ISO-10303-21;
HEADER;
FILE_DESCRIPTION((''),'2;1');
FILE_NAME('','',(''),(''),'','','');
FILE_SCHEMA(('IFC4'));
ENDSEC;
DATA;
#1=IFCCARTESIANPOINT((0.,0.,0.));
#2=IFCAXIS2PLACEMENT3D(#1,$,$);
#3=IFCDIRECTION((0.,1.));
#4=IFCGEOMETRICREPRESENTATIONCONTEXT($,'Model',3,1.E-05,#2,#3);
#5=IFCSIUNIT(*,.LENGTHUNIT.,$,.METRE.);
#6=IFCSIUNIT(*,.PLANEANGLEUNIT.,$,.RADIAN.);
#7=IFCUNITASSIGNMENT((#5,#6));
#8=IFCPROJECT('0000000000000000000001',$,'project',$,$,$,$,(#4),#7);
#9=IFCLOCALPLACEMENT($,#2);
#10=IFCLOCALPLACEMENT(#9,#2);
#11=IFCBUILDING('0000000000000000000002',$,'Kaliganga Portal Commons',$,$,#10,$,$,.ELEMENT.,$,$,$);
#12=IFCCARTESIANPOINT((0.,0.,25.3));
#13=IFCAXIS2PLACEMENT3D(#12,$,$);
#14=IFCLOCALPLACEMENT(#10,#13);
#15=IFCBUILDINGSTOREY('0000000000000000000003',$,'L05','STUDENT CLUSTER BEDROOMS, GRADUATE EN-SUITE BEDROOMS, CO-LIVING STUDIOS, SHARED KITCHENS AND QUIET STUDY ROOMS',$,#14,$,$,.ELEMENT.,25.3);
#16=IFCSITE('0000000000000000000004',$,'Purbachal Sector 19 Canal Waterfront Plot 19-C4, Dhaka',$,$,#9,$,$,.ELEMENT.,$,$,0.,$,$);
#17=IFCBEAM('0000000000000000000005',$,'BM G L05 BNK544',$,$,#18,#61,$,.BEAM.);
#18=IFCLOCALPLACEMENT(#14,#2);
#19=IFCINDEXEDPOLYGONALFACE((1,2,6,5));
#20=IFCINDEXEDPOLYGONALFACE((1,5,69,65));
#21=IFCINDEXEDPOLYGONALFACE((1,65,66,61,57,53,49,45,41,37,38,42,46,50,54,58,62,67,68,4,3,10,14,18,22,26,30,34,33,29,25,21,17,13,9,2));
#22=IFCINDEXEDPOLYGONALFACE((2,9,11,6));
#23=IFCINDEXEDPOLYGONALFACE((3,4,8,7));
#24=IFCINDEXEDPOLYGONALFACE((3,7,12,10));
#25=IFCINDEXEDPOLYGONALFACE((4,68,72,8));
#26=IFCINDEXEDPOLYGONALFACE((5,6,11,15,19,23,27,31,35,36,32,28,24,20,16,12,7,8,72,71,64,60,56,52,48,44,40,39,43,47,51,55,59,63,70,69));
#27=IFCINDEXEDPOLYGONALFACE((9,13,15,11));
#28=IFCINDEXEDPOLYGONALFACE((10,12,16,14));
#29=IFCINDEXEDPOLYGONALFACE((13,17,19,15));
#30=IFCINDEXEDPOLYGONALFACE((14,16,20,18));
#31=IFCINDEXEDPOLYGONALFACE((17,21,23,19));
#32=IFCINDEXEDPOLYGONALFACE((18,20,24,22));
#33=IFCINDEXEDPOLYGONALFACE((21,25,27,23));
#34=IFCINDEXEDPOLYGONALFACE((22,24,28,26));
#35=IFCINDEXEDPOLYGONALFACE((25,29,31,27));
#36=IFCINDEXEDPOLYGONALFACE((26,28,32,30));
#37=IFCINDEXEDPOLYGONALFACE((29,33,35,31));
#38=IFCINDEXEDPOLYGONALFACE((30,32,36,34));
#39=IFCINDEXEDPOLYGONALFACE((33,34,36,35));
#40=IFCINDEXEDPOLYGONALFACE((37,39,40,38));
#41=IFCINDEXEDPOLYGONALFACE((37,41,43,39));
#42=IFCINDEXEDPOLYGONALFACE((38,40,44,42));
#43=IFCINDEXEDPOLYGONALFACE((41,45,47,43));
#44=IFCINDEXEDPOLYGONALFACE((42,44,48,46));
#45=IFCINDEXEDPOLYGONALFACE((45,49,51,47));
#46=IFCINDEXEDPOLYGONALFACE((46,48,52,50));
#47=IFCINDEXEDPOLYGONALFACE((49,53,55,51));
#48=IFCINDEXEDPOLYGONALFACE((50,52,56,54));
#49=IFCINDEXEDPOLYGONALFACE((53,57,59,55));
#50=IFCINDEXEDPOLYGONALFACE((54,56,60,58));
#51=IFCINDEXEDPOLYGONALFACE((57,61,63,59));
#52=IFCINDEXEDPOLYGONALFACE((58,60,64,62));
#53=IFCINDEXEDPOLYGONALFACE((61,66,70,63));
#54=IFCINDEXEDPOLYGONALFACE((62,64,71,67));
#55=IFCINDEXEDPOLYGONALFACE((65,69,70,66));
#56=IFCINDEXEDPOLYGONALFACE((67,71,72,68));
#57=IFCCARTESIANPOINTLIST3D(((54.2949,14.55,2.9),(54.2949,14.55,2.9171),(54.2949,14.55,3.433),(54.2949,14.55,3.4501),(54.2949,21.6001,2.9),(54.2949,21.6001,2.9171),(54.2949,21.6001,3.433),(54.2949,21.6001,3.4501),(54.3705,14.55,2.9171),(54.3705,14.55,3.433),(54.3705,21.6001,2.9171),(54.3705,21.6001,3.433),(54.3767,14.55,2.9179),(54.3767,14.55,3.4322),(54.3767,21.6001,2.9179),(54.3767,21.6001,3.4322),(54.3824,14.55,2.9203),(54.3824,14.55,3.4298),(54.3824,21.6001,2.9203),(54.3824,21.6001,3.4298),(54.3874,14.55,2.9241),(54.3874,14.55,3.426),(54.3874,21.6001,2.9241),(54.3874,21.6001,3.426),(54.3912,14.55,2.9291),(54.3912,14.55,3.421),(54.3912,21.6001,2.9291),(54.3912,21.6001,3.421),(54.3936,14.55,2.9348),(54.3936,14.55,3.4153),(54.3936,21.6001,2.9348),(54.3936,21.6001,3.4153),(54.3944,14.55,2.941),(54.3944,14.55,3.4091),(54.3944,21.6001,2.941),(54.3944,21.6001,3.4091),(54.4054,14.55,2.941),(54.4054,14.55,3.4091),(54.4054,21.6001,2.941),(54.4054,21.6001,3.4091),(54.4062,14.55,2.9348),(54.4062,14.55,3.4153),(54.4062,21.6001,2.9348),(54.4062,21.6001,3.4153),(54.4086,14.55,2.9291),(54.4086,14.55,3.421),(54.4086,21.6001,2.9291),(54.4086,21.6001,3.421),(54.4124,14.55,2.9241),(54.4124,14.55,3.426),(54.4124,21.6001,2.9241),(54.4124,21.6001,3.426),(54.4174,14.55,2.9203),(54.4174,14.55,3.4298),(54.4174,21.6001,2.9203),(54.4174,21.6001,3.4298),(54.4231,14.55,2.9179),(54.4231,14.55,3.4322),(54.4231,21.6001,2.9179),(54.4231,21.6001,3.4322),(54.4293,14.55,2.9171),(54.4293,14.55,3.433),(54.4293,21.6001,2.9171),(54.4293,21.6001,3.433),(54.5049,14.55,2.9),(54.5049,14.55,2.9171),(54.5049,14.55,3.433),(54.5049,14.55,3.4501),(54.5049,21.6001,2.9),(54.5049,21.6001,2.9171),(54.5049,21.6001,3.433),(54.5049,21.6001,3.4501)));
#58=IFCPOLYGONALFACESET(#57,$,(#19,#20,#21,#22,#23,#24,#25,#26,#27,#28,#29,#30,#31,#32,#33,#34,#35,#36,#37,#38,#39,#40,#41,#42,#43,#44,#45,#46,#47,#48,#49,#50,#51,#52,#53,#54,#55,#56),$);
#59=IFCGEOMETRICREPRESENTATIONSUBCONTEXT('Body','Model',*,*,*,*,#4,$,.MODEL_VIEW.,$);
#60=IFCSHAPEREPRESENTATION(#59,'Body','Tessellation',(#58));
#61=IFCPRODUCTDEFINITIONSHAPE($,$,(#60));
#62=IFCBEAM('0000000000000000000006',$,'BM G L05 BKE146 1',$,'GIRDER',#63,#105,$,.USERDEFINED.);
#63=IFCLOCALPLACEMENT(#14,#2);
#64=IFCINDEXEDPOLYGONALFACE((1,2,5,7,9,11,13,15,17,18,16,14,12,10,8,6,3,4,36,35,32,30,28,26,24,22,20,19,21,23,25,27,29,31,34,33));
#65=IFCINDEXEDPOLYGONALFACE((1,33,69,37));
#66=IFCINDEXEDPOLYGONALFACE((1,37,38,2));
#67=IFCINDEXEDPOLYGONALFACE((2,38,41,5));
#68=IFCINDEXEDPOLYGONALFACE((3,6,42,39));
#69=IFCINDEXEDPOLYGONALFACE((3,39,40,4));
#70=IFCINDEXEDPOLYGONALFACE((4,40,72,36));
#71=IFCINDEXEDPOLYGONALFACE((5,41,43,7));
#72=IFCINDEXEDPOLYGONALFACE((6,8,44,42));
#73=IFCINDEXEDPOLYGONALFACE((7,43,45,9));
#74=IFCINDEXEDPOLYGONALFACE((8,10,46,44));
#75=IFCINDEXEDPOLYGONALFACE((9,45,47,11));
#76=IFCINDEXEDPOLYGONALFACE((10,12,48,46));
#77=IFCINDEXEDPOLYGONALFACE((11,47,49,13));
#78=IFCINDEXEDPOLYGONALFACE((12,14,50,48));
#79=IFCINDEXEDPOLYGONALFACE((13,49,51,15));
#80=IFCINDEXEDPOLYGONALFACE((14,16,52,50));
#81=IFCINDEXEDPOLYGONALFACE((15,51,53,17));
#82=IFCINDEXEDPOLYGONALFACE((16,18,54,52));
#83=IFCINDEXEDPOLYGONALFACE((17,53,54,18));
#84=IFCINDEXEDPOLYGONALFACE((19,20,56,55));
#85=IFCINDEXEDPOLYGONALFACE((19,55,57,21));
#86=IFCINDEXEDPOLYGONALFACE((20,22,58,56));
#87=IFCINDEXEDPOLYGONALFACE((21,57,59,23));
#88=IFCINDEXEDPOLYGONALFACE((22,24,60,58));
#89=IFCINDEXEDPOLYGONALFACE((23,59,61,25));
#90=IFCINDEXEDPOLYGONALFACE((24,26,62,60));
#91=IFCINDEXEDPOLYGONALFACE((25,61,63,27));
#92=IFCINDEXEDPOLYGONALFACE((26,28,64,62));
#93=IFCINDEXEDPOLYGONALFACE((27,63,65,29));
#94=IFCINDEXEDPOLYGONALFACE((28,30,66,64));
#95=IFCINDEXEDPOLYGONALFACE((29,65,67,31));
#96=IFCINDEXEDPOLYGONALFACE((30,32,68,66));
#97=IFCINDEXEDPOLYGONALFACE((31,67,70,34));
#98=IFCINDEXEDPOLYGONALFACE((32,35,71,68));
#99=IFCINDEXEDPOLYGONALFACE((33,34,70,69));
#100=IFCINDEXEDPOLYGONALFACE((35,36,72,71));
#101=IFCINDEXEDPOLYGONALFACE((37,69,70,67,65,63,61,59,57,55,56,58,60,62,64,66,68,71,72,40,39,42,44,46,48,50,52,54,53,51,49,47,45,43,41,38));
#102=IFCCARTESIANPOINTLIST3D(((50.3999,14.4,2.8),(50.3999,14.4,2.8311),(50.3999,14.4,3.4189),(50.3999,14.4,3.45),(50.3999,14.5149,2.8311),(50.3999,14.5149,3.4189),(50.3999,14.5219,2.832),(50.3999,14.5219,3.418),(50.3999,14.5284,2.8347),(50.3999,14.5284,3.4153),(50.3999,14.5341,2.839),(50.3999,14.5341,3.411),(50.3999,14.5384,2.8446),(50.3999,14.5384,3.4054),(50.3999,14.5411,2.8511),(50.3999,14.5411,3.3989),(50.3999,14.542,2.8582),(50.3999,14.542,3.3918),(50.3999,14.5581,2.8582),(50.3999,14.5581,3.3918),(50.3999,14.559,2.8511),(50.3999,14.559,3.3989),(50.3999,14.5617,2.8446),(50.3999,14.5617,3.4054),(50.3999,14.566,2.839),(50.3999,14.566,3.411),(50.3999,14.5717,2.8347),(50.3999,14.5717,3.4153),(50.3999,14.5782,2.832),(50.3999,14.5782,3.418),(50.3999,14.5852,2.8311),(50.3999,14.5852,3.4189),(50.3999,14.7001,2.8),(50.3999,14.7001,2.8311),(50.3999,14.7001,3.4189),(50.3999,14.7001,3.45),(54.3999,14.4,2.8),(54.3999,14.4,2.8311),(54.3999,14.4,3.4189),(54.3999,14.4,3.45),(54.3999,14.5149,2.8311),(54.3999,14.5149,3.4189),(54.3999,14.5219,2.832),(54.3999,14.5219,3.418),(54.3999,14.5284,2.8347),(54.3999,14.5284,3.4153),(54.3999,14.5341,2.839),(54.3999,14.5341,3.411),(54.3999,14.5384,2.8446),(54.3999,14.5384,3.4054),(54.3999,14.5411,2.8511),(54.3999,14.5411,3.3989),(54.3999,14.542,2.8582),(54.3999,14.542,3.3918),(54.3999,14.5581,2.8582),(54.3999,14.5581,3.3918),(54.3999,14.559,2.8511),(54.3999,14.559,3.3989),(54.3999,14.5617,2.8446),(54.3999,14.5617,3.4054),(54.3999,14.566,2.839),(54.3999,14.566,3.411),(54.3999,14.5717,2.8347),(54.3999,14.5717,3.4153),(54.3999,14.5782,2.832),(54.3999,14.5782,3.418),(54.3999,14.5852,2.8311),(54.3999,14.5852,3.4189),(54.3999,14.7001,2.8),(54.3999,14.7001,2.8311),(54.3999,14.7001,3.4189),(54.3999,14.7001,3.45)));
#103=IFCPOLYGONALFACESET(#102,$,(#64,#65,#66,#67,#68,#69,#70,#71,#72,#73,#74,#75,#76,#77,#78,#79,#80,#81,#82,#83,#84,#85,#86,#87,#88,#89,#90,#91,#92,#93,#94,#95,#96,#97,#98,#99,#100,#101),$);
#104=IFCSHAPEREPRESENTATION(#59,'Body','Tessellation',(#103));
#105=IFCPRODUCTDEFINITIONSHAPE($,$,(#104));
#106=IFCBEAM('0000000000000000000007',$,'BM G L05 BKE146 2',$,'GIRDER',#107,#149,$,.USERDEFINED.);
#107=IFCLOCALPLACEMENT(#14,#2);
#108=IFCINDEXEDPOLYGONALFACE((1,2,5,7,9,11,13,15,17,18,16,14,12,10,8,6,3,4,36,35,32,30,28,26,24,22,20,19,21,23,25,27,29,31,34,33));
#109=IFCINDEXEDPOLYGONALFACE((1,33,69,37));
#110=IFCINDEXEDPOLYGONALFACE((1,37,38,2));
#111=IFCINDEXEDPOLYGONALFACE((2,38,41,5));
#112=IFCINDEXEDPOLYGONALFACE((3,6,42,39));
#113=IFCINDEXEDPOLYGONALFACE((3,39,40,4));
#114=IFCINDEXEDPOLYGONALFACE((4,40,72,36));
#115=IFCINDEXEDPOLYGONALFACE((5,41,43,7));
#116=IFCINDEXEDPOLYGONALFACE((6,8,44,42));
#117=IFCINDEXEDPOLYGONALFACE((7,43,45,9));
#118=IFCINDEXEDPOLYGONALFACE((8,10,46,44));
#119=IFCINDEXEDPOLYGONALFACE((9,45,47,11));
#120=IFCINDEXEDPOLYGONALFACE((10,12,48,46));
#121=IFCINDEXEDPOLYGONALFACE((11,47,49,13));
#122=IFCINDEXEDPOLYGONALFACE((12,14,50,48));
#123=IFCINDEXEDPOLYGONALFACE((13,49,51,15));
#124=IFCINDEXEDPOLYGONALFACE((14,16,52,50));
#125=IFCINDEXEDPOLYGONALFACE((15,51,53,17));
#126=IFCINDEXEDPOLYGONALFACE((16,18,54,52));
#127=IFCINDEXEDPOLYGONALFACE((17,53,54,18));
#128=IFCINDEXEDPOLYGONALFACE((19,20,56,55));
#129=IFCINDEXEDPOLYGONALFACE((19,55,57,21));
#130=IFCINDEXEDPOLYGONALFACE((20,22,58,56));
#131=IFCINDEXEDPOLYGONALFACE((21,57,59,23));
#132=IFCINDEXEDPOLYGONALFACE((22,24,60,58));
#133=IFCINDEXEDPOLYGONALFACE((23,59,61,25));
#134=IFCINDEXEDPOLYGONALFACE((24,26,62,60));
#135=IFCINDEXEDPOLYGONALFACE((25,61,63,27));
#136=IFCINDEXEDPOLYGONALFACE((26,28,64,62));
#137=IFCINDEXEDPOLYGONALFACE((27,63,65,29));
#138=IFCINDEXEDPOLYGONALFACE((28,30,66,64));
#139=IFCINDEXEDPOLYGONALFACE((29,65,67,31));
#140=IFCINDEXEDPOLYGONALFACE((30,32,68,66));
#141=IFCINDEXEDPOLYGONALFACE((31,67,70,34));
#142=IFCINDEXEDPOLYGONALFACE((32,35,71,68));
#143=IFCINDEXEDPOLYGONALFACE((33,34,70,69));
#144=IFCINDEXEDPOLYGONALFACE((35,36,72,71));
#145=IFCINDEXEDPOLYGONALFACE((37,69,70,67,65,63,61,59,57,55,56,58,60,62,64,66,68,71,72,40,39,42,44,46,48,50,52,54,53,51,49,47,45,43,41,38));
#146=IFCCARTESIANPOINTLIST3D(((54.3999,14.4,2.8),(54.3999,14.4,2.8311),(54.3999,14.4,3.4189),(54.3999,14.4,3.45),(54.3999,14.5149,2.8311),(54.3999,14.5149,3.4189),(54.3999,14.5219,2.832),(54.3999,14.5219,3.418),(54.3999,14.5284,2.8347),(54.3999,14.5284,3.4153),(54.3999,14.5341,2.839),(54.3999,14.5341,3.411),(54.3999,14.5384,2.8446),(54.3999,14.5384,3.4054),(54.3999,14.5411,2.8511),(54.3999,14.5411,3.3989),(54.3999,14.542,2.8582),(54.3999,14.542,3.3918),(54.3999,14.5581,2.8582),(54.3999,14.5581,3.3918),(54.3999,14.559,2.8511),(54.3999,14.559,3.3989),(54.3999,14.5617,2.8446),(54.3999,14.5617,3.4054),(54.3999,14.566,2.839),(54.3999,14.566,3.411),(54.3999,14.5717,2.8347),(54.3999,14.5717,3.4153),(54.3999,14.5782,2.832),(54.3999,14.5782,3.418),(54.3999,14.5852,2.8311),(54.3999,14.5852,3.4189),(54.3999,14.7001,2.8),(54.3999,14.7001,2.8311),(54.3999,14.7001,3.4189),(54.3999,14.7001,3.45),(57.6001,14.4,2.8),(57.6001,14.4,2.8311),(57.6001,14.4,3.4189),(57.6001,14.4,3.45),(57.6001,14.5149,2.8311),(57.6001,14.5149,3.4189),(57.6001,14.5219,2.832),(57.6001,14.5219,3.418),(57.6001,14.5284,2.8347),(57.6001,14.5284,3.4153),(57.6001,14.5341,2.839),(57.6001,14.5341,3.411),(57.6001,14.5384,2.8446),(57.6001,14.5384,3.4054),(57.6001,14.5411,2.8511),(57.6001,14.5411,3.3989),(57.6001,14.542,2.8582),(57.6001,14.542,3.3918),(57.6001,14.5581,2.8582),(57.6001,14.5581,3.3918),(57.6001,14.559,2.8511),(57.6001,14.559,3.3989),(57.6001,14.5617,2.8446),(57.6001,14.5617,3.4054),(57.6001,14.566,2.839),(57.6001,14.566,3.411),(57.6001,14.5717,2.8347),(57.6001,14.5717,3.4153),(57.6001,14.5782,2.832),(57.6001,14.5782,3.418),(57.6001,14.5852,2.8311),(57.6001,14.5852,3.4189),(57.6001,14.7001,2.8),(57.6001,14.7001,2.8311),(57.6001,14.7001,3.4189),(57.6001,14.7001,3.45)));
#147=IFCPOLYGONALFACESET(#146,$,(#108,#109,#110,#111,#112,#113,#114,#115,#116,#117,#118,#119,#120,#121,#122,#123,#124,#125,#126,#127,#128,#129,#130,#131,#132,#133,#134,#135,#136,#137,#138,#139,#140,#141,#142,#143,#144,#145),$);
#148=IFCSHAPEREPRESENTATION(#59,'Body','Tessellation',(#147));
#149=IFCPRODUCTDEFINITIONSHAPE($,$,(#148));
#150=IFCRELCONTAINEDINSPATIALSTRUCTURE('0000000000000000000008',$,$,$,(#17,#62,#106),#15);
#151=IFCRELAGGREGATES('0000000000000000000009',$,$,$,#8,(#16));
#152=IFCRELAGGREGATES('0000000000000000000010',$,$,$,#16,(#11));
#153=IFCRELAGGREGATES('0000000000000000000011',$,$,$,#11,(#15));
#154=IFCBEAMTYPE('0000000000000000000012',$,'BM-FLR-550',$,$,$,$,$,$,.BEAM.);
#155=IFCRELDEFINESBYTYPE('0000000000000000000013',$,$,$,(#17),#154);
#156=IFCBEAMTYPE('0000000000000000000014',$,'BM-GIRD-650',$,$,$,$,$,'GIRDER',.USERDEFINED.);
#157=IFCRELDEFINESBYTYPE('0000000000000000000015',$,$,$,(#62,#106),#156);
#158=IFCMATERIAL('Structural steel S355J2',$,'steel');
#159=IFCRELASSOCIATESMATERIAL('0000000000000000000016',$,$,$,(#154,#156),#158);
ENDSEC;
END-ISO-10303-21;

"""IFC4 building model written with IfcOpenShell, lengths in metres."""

from ifc_helpers import new_model, si_unit, direction, frame, origin, origin_2d, place, context, subcontext, project, spatial, i_section, extrude, source, transform, mapped, material, material_profile, profile_set, type_object, element, save


model = new_model("IFC4")

# Units and contexts
model_context = context("Model", 3, precision=1e-05, world=origin(), true_north=direction((0.0, 1.0)))
body_context = subcontext(model_context, "Body", "Model", "MODEL_VIEW")
ifc_project = project(units=[si_unit("LENGTHUNIT", "METRE"), si_unit("PLANEANGLEUNIT", "RADIAN")], contexts=[model_context])

# Site, building, storey
site_placement = place(None, origin())
site = spatial("IfcSite", under=ifc_project, at=site_placement, Name="Purbachal Sector 19 Canal Waterfront Plot 19-C4, Dhaka", CompositionType="ELEMENT", RefElevation=0.0)
building_placement = place(site_placement, origin())
building = spatial("IfcBuilding", under=site, at=building_placement, Name="Kaliganga Portal Commons", CompositionType="ELEMENT")
storey_placement = place(building_placement, frame((0.0, 0.0, 25.3)))
storey = spatial("IfcBuildingStorey", under=building, at=storey_placement, Name="L05", Description="STUDENT CLUSTER BEDROOMS, GRADUATE EN-SUITE BEDROOMS, CO-LIVING STUDIOS, SHARED KITCHENS AND QUIET STUDY ROOMS", CompositionType="ELEMENT", Elevation=25.3)

# Beams
ifc_material_1 = material(Name="Structural steel S355J2", Category="steel")
ifc_material_profile_1 = material_profile(ifc_material_1, i_section(OverallWidth=0.21, OverallDepth=0.55, WebThickness=0.011, FlangeThickness=0.0171, FilletRadius=0.0239, at=origin_2d()), Name="IPE 550")
ifc_profile_set_1 = profile_set([ifc_material_profile_1], Name="Structural steel S355J2 wide-flange")
beam_type_1 = type_object("IfcBeamType", Name="BM-FLR-550", PredefinedType="BEAM", material=ifc_profile_set_1)
shared_shape_1 = source(origin(), body_context, "Body", "SweptSolid", [
    extrude(i_section(OverallWidth=0.21, OverallDepth=0.55, WebThickness=0.011, FlangeThickness=0.0171, FilletRadius=0.0239, at=origin_2d()), origin(), (0.0, 0.0, 1.0), 7.05),
])
for number, where, z_axis, x_axis, name in (
    (1, (54.3999, 14.55, 3.175), (0.0, 1.0, 0.0), (-1.0, 0.0, 0.0), "BM G L05 BNK544"),
):
    element("IfcBeam", number, at=place(storey_placement, frame(where, z_axis=z_axis, x_axis=x_axis)), inside=storey, type_object=beam_type_1, Name=name, PredefinedType="BEAM", context=body_context, shape_type="MappedRepresentation", body=[
        mapped(shared_shape_1, transform((0.0, 0.0, 0.0), x_axis=(1.0, 0.0, 0.0), y_axis=(0.0, 1.0, 0.0), z_axis=(0.0, 0.0, 1.0), scale=1.0)),
    ])
ifc_material_profile_2 = material_profile(ifc_material_1, i_section(OverallWidth=0.3, OverallDepth=0.6499, WebThickness=0.0161, FlangeThickness=0.031, FilletRadius=0.0271, at=origin_2d()), Name="HE 650 B")
ifc_profile_set_2 = profile_set([ifc_material_profile_2], Name="Structural steel S355J2 wide-flange")
beam_type_2 = type_object("IfcBeamType", Name="BM-GIRD-650", ElementType="GIRDER", PredefinedType="USERDEFINED", material=ifc_profile_set_2)
shared_shape_2 = source(origin(), body_context, "Body", "SweptSolid", [
    extrude(i_section(OverallWidth=0.3, OverallDepth=0.6499, WebThickness=0.0161, FlangeThickness=0.031, FilletRadius=0.0271, at=origin_2d()), origin(), (0.0, 0.0, 1.0), 4.0),
])
beam_1_placement = place(storey_placement, frame((50.3999, 14.55, 3.125), z_axis=(1.0, 0.0, 0.0), x_axis=(0.0, 1.0, 0.0)))
element("IfcBeam", 2, at=beam_1_placement, inside=storey, type_object=beam_type_2, Name="BM G L05 BKE146 1", ObjectType="GIRDER", PredefinedType="USERDEFINED", context=body_context, shape_type="MappedRepresentation", body=[
    mapped(shared_shape_2, transform((0.0, 0.0, 0.0), x_axis=(1.0, 0.0, 0.0), y_axis=(0.0, 1.0, 0.0), z_axis=(0.0, 0.0, 1.0), scale=1.0)),
])
shared_shape_3 = source(origin(), body_context, "Body", "SweptSolid", [
    extrude(i_section(OverallWidth=0.3, OverallDepth=0.6499, WebThickness=0.0161, FlangeThickness=0.031, FilletRadius=0.0271, at=origin_2d()), origin(), (0.0, 0.0, 1.0), 3.2002),
])
beam_2_placement = place(storey_placement, frame((54.3999, 14.55, 3.125), z_axis=(1.0, 0.0, 0.0), x_axis=(0.0, 1.0, 0.0)))
element("IfcBeam", 3, at=beam_2_placement, inside=storey, type_object=beam_type_2, Name="BM G L05 BKE146 2", ObjectType="GIRDER", PredefinedType="USERDEFINED", context=body_context, shape_type="MappedRepresentation", body=[
    mapped(shared_shape_3, transform((0.0, 0.0, 0.0), x_axis=(1.0, 0.0, 0.0), y_axis=(0.0, 1.0, 0.0), z_axis=(0.0, 0.0, 1.0), scale=1.0)),
])

save(model, "model.ifc")
